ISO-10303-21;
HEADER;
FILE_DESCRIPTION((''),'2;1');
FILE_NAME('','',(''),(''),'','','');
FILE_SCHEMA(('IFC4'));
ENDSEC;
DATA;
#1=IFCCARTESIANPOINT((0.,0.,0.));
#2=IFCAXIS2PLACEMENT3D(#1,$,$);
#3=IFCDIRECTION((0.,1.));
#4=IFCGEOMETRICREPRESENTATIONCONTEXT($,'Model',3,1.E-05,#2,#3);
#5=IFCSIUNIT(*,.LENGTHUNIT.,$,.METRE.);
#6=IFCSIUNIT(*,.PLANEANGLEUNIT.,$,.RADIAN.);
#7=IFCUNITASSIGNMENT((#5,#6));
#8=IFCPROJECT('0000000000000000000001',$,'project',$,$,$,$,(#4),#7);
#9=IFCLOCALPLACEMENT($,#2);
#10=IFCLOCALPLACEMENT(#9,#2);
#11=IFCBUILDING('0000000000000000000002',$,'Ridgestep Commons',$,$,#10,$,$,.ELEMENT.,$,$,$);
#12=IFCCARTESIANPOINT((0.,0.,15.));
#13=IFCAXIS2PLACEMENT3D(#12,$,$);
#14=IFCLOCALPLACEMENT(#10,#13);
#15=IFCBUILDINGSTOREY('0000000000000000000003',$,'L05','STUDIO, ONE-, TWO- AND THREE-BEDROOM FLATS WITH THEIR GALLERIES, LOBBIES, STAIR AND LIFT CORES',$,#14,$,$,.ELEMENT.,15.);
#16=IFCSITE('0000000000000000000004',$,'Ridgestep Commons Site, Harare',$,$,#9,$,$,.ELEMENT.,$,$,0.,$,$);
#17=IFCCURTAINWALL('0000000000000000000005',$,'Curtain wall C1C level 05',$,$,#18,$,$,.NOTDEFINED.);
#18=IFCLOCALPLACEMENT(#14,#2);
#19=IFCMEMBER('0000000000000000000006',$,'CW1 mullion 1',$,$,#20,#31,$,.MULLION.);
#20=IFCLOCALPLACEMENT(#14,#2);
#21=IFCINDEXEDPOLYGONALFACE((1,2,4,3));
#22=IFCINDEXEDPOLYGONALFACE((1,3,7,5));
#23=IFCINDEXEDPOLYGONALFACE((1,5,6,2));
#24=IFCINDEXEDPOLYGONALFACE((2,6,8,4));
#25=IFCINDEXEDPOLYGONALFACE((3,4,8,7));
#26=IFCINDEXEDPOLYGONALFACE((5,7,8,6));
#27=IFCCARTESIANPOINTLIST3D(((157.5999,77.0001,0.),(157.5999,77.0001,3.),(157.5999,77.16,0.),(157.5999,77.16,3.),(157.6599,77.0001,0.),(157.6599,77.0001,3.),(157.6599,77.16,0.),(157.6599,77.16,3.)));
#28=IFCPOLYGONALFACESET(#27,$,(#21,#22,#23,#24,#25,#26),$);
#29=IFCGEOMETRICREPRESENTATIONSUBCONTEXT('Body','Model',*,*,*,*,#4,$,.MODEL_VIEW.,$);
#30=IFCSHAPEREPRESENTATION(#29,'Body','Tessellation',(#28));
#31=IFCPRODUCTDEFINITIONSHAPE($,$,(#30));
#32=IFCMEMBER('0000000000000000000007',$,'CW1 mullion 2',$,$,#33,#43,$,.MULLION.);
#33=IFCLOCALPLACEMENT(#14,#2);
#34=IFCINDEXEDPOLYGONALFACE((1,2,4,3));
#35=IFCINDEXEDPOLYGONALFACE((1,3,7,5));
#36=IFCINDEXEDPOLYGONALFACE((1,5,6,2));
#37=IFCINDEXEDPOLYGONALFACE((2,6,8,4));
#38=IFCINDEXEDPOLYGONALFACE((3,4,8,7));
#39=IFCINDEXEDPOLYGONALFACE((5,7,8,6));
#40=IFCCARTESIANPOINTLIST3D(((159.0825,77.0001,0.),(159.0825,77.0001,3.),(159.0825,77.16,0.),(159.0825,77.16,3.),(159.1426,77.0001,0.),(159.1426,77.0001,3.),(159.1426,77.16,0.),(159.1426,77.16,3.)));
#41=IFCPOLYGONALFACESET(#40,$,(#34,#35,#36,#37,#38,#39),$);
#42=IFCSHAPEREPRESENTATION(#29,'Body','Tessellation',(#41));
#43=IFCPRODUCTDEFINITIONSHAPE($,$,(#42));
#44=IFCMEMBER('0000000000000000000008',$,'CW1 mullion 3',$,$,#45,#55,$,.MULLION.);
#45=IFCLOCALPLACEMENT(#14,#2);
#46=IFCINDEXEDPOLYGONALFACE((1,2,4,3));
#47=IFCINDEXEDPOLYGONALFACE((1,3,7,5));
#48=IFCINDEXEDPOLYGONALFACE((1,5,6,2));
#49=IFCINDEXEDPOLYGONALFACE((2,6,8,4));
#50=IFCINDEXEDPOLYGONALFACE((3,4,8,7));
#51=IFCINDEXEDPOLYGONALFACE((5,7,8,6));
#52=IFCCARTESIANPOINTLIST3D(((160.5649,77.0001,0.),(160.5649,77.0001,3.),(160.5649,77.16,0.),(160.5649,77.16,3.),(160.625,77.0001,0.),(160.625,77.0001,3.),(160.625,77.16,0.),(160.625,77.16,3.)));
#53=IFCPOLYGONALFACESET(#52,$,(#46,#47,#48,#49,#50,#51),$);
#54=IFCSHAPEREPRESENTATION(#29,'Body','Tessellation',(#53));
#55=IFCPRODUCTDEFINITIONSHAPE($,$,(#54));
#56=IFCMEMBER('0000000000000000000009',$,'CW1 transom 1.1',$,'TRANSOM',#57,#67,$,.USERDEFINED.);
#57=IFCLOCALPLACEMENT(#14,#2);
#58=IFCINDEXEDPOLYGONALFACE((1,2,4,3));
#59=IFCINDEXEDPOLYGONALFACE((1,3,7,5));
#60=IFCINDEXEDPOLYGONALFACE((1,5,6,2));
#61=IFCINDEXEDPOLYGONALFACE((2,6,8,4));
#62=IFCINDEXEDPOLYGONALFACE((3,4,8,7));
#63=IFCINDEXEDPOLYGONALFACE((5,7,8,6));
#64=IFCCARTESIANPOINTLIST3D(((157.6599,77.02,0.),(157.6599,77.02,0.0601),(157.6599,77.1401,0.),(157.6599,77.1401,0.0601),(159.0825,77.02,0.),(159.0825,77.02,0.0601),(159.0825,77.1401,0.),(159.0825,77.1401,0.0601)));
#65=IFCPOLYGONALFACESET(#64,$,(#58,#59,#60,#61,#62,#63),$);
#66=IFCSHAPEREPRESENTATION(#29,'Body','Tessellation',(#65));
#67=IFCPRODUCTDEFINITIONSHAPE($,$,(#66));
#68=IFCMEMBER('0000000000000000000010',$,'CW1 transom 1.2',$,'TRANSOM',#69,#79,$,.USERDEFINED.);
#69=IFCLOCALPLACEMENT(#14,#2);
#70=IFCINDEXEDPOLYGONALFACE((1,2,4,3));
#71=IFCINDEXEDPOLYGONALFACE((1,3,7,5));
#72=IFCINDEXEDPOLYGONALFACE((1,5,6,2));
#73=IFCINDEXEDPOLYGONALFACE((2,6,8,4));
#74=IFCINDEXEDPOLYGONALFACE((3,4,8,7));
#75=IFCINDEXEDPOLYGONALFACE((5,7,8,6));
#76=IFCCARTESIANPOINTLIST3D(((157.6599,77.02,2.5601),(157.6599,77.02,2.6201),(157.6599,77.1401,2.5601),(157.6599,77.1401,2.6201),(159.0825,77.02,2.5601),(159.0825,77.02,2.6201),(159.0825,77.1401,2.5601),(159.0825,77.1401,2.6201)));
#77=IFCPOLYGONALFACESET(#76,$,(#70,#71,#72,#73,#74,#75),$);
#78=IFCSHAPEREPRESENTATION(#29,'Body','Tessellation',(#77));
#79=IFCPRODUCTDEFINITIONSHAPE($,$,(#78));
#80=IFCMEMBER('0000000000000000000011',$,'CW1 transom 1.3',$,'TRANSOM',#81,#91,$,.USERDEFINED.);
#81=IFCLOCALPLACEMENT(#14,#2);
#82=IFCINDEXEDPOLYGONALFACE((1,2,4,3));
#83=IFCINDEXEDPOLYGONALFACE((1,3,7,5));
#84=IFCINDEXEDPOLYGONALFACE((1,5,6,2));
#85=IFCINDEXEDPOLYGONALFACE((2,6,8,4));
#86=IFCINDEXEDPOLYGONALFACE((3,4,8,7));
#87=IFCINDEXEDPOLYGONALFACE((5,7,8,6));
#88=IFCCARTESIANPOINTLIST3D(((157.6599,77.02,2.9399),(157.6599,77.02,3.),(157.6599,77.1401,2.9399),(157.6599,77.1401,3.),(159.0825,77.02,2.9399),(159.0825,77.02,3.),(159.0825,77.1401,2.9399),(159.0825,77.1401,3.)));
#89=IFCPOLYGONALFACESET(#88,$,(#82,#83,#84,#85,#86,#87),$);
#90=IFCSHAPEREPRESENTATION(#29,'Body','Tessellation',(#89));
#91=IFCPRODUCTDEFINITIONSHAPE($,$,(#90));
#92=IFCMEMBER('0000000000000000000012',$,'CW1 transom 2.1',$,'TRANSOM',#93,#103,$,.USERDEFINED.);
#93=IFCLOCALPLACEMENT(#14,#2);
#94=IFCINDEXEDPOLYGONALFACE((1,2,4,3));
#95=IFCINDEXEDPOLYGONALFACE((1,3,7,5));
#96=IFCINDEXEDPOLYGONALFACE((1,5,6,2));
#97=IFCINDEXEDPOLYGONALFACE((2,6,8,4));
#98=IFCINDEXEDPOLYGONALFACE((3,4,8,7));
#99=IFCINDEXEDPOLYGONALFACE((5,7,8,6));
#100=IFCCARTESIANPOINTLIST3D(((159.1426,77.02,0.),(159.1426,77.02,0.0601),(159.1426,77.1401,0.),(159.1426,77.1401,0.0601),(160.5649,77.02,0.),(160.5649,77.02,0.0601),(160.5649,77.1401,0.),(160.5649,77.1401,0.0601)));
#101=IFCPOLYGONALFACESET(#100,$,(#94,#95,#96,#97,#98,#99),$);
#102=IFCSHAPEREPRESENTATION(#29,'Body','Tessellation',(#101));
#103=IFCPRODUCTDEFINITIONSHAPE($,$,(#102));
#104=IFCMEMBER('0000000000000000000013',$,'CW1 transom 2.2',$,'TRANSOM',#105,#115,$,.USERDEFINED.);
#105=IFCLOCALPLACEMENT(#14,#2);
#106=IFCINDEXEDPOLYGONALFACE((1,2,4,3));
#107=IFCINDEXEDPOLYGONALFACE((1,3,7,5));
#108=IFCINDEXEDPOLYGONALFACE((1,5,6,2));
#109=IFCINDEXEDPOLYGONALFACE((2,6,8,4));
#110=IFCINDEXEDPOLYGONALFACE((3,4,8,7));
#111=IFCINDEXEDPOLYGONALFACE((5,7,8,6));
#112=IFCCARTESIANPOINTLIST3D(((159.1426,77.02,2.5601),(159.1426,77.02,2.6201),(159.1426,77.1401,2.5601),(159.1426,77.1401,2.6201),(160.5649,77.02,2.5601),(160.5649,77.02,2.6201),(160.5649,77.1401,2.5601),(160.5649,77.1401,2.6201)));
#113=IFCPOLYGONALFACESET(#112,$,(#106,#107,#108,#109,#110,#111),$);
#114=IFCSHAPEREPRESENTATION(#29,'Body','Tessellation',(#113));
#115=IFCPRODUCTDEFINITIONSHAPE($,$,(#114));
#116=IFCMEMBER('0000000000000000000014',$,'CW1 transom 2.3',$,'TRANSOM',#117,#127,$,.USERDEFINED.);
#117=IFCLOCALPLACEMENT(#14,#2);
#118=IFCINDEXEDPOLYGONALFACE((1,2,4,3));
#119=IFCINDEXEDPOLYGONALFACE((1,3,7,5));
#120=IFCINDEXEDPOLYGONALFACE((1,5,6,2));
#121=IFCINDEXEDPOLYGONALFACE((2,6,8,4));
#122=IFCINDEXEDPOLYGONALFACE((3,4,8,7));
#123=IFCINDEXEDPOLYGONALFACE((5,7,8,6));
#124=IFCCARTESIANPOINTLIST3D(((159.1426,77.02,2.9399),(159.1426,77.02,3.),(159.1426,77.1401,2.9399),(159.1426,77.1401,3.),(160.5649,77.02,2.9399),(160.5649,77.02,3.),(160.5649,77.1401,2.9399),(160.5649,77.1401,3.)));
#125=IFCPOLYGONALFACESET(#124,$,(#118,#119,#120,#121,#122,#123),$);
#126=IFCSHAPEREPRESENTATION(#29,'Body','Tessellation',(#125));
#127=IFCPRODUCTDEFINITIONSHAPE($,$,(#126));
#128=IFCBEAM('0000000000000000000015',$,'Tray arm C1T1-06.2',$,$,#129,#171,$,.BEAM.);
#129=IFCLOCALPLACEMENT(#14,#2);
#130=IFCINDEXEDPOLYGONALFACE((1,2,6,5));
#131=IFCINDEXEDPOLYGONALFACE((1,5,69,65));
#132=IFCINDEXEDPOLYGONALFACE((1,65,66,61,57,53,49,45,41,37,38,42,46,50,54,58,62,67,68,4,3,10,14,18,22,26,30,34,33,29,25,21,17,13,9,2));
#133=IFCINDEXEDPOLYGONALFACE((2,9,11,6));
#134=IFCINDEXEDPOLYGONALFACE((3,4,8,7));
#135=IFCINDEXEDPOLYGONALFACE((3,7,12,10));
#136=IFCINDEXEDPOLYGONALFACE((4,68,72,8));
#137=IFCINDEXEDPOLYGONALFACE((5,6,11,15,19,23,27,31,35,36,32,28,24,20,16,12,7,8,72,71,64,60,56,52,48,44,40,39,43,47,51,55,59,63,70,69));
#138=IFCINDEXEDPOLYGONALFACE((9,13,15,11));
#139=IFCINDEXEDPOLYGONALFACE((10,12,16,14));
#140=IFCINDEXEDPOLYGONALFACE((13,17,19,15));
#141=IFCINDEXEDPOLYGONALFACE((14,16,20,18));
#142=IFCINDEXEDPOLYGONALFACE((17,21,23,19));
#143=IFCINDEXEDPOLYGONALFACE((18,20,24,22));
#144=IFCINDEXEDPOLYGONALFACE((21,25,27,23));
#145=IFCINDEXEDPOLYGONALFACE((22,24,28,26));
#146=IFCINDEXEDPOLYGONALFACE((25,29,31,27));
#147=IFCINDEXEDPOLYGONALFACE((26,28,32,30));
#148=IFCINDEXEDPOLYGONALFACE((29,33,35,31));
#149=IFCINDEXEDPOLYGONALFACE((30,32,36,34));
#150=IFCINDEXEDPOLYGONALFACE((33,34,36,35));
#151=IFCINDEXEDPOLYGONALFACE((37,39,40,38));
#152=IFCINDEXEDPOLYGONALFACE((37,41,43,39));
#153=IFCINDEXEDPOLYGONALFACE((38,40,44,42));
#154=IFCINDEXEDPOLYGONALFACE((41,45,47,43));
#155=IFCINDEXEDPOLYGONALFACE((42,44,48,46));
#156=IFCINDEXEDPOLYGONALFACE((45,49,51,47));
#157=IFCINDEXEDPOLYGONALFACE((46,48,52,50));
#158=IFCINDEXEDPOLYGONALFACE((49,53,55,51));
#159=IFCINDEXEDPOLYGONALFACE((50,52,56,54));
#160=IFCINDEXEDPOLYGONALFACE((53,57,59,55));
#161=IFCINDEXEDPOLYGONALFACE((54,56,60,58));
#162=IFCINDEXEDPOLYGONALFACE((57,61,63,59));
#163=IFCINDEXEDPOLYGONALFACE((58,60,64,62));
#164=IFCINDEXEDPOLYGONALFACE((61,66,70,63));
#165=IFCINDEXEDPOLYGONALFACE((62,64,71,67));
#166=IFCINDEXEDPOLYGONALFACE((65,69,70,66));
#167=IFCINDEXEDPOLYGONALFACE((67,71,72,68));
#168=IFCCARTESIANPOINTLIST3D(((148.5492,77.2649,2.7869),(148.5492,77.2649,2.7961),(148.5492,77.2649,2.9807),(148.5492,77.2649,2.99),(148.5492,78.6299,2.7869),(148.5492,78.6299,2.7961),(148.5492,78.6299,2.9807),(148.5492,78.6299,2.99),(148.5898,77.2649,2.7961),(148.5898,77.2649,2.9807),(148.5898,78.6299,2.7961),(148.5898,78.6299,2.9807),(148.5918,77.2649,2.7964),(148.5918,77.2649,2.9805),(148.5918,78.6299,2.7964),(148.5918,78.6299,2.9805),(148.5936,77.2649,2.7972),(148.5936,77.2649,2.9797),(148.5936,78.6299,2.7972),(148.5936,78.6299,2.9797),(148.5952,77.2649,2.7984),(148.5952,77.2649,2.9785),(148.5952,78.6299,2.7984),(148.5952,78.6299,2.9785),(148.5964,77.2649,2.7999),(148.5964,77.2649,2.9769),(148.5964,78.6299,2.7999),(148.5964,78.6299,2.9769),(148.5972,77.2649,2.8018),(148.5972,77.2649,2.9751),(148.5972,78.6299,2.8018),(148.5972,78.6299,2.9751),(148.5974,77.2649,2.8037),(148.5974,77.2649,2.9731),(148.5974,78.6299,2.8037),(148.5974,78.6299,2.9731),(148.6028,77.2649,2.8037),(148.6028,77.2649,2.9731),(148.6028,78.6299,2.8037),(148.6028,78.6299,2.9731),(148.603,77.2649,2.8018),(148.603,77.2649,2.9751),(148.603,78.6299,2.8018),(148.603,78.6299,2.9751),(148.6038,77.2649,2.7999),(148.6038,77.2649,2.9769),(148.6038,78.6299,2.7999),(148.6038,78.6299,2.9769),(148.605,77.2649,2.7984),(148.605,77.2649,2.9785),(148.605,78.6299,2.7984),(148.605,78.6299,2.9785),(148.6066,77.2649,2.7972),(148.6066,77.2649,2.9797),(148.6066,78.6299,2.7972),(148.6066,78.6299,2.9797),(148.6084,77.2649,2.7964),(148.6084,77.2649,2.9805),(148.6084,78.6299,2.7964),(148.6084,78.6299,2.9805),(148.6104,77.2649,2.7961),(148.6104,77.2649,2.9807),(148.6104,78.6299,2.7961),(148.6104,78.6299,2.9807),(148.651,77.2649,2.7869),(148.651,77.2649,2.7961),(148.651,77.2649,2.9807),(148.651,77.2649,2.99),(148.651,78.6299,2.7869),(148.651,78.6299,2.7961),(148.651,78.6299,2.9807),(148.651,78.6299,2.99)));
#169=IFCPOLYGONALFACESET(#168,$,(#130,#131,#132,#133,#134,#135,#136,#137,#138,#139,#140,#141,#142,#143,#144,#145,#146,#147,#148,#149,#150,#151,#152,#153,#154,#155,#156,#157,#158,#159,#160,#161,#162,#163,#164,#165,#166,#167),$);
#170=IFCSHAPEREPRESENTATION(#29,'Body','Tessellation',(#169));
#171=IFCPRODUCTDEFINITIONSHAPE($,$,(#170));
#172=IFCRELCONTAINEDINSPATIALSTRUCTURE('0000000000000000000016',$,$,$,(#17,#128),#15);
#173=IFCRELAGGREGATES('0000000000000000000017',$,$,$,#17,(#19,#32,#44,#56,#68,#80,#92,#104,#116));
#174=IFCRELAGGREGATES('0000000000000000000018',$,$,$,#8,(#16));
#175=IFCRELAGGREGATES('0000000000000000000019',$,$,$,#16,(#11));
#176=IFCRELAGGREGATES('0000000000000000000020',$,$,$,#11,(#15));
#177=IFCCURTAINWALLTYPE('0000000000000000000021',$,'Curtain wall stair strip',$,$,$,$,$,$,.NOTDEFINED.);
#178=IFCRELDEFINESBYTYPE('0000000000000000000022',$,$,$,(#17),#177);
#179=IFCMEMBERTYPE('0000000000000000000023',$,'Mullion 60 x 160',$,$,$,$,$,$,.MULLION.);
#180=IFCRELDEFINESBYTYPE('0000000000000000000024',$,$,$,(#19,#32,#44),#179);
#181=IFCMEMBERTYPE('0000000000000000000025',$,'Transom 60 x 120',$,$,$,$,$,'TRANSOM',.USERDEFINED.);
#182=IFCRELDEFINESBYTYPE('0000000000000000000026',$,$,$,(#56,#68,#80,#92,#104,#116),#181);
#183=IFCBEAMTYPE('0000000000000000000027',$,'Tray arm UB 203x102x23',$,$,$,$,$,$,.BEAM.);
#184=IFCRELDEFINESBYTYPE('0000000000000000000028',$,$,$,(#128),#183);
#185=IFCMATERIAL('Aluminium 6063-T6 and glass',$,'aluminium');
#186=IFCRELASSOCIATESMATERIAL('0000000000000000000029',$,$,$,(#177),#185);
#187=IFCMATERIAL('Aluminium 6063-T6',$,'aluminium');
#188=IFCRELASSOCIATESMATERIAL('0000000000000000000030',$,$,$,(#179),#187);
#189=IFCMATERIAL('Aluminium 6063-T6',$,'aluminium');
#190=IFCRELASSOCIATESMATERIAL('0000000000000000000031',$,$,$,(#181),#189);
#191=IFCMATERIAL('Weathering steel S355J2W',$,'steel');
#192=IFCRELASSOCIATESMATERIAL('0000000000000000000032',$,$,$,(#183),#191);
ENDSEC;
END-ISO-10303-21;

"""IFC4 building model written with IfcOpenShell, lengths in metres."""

from ifc_helpers import new_model, si_unit, direction, frame, origin, origin_2d, place, context, subcontext, project, spatial, rectangle, i_section, extrude, material, material_profile, profile_set, type_object, element, aggregate, save


model = new_model("IFC4")

# Units and contexts
model_context = context("Model", 3, precision=1e-05, world=origin(), true_north=direction((0.0, 1.0)))
body_context = subcontext(model_context, "Body", "Model", "MODEL_VIEW")
ifc_project = project(units=[si_unit("LENGTHUNIT", "METRE"), si_unit("PLANEANGLEUNIT", "RADIAN")], contexts=[model_context])

# Site, building, storey
site_placement = place(None, origin())
site = spatial("IfcSite", under=ifc_project, at=site_placement, Name="Ridgestep Commons Site, Harare", CompositionType="ELEMENT", RefElevation=0.0)
building_placement = place(site_placement, origin())
building = spatial("IfcBuilding", under=site, at=building_placement, Name="Ridgestep Commons", CompositionType="ELEMENT")
storey_placement = place(building_placement, frame((0.0, 0.0, 15.0)))
storey = spatial("IfcBuildingStorey", under=building, at=storey_placement, Name="L05", Description="STUDIO, ONE-, TWO- AND THREE-BEDROOM FLATS WITH THEIR GALLERIES, LOBBIES, STAIR AND LIFT CORES", CompositionType="ELEMENT", Elevation=15.0)

# Curtain wall, members
ifc_material_1 = material(Name="Aluminium 6063-T6 and glass", Category="aluminium")
curtain_wall_type = type_object("IfcCurtainWallType", Name="Curtain wall stair strip", PredefinedType="NOTDEFINED", material=ifc_material_1)
curtain_wall_placement = place(storey_placement, origin())
curtain_wall = element("IfcCurtainWall", 1, at=curtain_wall_placement, inside=storey, type_object=curtain_wall_type, Name="Curtain wall C1C level 05", PredefinedType="NOTDEFINED")
ifc_material_2 = material(Name="Aluminium 6063-T6", Category="aluminium")
ifc_material_profile_1 = material_profile(ifc_material_2, rectangle(XDim=0.1599, YDim=0.0601, at=origin_2d()), Name="Mullion 60 x 160")
ifc_profile_set_1 = profile_set([ifc_material_profile_1], Name="Aluminium 6063-T6")
member_type_1 = type_object("IfcMemberType", Name="Mullion 60 x 160", PredefinedType="MULLION", material=ifc_profile_set_1)
member_1_placement = place(storey_placement, frame((157.6299, 77.0801, 0.0), z_axis=(0.0, 0.0, 1.0), x_axis=(0.0, 1.0, 0.0)))
member_1 = element("IfcMember", 2, at=member_1_placement, type_object=member_type_1, Name="CW1 mullion 1", PredefinedType="MULLION", context=body_context, shape_type="SweptSolid", body=[
    extrude(rectangle(XDim=0.1599, YDim=0.0601, at=origin_2d()), origin(), (0.0, 0.0, 1.0), 3.0),
])
member_2_placement = place(storey_placement, frame((159.1125, 77.0801, 0.0), z_axis=(0.0, 0.0, 1.0), x_axis=(0.0, 1.0, 0.0)))
member_2 = element("IfcMember", 3, at=member_2_placement, type_object=member_type_1, Name="CW1 mullion 2", PredefinedType="MULLION", context=body_context, shape_type="SweptSolid", body=[
    extrude(rectangle(XDim=0.1599, YDim=0.0601, at=origin_2d()), origin(), (0.0, 0.0, 1.0), 3.0),
])
member_3_placement = place(storey_placement, frame((160.595, 77.0801, 0.0), z_axis=(0.0, 0.0, 1.0), x_axis=(0.0, 1.0, 0.0)))
member_3 = element("IfcMember", 4, at=member_3_placement, type_object=member_type_1, Name="CW1 mullion 3", PredefinedType="MULLION", context=body_context, shape_type="SweptSolid", body=[
    extrude(rectangle(XDim=0.1599, YDim=0.0601, at=origin_2d()), origin(), (0.0, 0.0, 1.0), 3.0),
])
ifc_material_3 = material(Name="Aluminium 6063-T6", Category="aluminium")
ifc_material_profile_2 = material_profile(ifc_material_3, rectangle(XDim=0.1201, YDim=0.0601, at=origin_2d()), Name="Transom 60 x 120")
ifc_profile_set_2 = profile_set([ifc_material_profile_2], Name="Aluminium 6063-T6")
member_type_2 = type_object("IfcMemberType", Name="Transom 60 x 120", ElementType="TRANSOM", PredefinedType="USERDEFINED", material=ifc_profile_set_2)
member_4_placement = place(storey_placement, frame((157.6599, 77.0801, 0.03), z_axis=(1.0, 0.0, 0.0), x_axis=(0.0, 1.0, 0.0)))
member_4 = element("IfcMember", 5, at=member_4_placement, type_object=member_type_2, Name="CW1 transom 1.1", ObjectType="TRANSOM", PredefinedType="USERDEFINED", context=body_context, shape_type="SweptSolid", body=[
    extrude(rectangle(XDim=0.1201, YDim=0.0601, at=origin_2d()), origin(), (0.0, 0.0, 1.0), 1.4226),
])
member_5_placement = place(storey_placement, frame((157.6599, 77.0801, 2.5901), z_axis=(1.0, 0.0, 0.0), x_axis=(0.0, 1.0, 0.0)))
member_5 = element("IfcMember", 6, at=member_5_placement, type_object=member_type_2, Name="CW1 transom 1.2", ObjectType="TRANSOM", PredefinedType="USERDEFINED", context=body_context, shape_type="SweptSolid", body=[
    extrude(rectangle(XDim=0.1201, YDim=0.0601, at=origin_2d()), origin(), (0.0, 0.0, 1.0), 1.4226),
])
member_6_placement = place(storey_placement, frame((157.6599, 77.0801, 2.97), z_axis=(1.0, 0.0, 0.0), x_axis=(0.0, 1.0, 0.0)))
member_6 = element("IfcMember", 7, at=member_6_placement, type_object=member_type_2, Name="CW1 transom 1.3", ObjectType="TRANSOM", PredefinedType="USERDEFINED", context=body_context, shape_type="SweptSolid", body=[
    extrude(rectangle(XDim=0.1201, YDim=0.0601, at=origin_2d()), origin(), (0.0, 0.0, 1.0), 1.4226),
])
member_7_placement = place(storey_placement, frame((159.1426, 77.0801, 0.03), z_axis=(1.0, 0.0, 0.0), x_axis=(0.0, 1.0, 0.0)))
member_7 = element("IfcMember", 8, at=member_7_placement, type_object=member_type_2, Name="CW1 transom 2.1", ObjectType="TRANSOM", PredefinedType="USERDEFINED", context=body_context, shape_type="SweptSolid", body=[
    extrude(rectangle(XDim=0.1201, YDim=0.0601, at=origin_2d()), origin(), (0.0, 0.0, 1.0), 1.4224),
])
member_8_placement = place(storey_placement, frame((159.1426, 77.0801, 2.5901), z_axis=(1.0, 0.0, 0.0), x_axis=(0.0, 1.0, 0.0)))
member_8 = element("IfcMember", 9, at=member_8_placement, type_object=member_type_2, Name="CW1 transom 2.2", ObjectType="TRANSOM", PredefinedType="USERDEFINED", context=body_context, shape_type="SweptSolid", body=[
    extrude(rectangle(XDim=0.1201, YDim=0.0601, at=origin_2d()), origin(), (0.0, 0.0, 1.0), 1.4224),
])
member_9_placement = place(storey_placement, frame((159.1426, 77.0801, 2.97), z_axis=(1.0, 0.0, 0.0), x_axis=(0.0, 1.0, 0.0)))
member_9 = element("IfcMember", 10, at=member_9_placement, type_object=member_type_2, Name="CW1 transom 2.3", ObjectType="TRANSOM", PredefinedType="USERDEFINED", context=body_context, shape_type="SweptSolid", body=[
    extrude(rectangle(XDim=0.1201, YDim=0.0601, at=origin_2d()), origin(), (0.0, 0.0, 1.0), 1.4224),
])

# Beam
ifc_material_4 = material(Name="Weathering steel S355J2W", Category="steel")
ifc_material_profile_3 = material_profile(ifc_material_4, i_section(OverallWidth=0.1018, OverallDepth=0.2031, WebThickness=0.0054, FlangeThickness=0.0093, FilletRadius=0.0076, at=origin_2d()), Name="UB 203x102x23")
ifc_profile_set_3 = profile_set([ifc_material_profile_3], Name="Weathering steel S355J2W")
beam_type_1 = type_object("IfcBeamType", Name="Tray arm UB 203x102x23", PredefinedType="BEAM", material=ifc_profile_set_3)
for number, where, z_axis, x_axis, name in (
    (11, (148.6001, 77.2649, 2.8884), (0.0, 1.0, 0.0), (-1.0, 0.0, 0.0), "Tray arm C1T1-06.2"),
):
    element("IfcBeam", number, at=place(storey_placement, frame(where, z_axis=z_axis, x_axis=x_axis)), inside=storey, type_object=beam_type_1, Name=name, PredefinedType="BEAM", context=body_context, shape_type="SweptSolid", body=[
        extrude(i_section(OverallWidth=0.1018, OverallDepth=0.2031, WebThickness=0.0054, FlangeThickness=0.0093, FilletRadius=0.0076, at=origin_2d()), origin(), (0.0, 0.0, 1.0), 1.365),
    ])

aggregate(curtain_wall, [member_1, member_2, member_3, member_4, member_5, member_6, member_7, member_8, member_9])

save(model, "model.ifc")
